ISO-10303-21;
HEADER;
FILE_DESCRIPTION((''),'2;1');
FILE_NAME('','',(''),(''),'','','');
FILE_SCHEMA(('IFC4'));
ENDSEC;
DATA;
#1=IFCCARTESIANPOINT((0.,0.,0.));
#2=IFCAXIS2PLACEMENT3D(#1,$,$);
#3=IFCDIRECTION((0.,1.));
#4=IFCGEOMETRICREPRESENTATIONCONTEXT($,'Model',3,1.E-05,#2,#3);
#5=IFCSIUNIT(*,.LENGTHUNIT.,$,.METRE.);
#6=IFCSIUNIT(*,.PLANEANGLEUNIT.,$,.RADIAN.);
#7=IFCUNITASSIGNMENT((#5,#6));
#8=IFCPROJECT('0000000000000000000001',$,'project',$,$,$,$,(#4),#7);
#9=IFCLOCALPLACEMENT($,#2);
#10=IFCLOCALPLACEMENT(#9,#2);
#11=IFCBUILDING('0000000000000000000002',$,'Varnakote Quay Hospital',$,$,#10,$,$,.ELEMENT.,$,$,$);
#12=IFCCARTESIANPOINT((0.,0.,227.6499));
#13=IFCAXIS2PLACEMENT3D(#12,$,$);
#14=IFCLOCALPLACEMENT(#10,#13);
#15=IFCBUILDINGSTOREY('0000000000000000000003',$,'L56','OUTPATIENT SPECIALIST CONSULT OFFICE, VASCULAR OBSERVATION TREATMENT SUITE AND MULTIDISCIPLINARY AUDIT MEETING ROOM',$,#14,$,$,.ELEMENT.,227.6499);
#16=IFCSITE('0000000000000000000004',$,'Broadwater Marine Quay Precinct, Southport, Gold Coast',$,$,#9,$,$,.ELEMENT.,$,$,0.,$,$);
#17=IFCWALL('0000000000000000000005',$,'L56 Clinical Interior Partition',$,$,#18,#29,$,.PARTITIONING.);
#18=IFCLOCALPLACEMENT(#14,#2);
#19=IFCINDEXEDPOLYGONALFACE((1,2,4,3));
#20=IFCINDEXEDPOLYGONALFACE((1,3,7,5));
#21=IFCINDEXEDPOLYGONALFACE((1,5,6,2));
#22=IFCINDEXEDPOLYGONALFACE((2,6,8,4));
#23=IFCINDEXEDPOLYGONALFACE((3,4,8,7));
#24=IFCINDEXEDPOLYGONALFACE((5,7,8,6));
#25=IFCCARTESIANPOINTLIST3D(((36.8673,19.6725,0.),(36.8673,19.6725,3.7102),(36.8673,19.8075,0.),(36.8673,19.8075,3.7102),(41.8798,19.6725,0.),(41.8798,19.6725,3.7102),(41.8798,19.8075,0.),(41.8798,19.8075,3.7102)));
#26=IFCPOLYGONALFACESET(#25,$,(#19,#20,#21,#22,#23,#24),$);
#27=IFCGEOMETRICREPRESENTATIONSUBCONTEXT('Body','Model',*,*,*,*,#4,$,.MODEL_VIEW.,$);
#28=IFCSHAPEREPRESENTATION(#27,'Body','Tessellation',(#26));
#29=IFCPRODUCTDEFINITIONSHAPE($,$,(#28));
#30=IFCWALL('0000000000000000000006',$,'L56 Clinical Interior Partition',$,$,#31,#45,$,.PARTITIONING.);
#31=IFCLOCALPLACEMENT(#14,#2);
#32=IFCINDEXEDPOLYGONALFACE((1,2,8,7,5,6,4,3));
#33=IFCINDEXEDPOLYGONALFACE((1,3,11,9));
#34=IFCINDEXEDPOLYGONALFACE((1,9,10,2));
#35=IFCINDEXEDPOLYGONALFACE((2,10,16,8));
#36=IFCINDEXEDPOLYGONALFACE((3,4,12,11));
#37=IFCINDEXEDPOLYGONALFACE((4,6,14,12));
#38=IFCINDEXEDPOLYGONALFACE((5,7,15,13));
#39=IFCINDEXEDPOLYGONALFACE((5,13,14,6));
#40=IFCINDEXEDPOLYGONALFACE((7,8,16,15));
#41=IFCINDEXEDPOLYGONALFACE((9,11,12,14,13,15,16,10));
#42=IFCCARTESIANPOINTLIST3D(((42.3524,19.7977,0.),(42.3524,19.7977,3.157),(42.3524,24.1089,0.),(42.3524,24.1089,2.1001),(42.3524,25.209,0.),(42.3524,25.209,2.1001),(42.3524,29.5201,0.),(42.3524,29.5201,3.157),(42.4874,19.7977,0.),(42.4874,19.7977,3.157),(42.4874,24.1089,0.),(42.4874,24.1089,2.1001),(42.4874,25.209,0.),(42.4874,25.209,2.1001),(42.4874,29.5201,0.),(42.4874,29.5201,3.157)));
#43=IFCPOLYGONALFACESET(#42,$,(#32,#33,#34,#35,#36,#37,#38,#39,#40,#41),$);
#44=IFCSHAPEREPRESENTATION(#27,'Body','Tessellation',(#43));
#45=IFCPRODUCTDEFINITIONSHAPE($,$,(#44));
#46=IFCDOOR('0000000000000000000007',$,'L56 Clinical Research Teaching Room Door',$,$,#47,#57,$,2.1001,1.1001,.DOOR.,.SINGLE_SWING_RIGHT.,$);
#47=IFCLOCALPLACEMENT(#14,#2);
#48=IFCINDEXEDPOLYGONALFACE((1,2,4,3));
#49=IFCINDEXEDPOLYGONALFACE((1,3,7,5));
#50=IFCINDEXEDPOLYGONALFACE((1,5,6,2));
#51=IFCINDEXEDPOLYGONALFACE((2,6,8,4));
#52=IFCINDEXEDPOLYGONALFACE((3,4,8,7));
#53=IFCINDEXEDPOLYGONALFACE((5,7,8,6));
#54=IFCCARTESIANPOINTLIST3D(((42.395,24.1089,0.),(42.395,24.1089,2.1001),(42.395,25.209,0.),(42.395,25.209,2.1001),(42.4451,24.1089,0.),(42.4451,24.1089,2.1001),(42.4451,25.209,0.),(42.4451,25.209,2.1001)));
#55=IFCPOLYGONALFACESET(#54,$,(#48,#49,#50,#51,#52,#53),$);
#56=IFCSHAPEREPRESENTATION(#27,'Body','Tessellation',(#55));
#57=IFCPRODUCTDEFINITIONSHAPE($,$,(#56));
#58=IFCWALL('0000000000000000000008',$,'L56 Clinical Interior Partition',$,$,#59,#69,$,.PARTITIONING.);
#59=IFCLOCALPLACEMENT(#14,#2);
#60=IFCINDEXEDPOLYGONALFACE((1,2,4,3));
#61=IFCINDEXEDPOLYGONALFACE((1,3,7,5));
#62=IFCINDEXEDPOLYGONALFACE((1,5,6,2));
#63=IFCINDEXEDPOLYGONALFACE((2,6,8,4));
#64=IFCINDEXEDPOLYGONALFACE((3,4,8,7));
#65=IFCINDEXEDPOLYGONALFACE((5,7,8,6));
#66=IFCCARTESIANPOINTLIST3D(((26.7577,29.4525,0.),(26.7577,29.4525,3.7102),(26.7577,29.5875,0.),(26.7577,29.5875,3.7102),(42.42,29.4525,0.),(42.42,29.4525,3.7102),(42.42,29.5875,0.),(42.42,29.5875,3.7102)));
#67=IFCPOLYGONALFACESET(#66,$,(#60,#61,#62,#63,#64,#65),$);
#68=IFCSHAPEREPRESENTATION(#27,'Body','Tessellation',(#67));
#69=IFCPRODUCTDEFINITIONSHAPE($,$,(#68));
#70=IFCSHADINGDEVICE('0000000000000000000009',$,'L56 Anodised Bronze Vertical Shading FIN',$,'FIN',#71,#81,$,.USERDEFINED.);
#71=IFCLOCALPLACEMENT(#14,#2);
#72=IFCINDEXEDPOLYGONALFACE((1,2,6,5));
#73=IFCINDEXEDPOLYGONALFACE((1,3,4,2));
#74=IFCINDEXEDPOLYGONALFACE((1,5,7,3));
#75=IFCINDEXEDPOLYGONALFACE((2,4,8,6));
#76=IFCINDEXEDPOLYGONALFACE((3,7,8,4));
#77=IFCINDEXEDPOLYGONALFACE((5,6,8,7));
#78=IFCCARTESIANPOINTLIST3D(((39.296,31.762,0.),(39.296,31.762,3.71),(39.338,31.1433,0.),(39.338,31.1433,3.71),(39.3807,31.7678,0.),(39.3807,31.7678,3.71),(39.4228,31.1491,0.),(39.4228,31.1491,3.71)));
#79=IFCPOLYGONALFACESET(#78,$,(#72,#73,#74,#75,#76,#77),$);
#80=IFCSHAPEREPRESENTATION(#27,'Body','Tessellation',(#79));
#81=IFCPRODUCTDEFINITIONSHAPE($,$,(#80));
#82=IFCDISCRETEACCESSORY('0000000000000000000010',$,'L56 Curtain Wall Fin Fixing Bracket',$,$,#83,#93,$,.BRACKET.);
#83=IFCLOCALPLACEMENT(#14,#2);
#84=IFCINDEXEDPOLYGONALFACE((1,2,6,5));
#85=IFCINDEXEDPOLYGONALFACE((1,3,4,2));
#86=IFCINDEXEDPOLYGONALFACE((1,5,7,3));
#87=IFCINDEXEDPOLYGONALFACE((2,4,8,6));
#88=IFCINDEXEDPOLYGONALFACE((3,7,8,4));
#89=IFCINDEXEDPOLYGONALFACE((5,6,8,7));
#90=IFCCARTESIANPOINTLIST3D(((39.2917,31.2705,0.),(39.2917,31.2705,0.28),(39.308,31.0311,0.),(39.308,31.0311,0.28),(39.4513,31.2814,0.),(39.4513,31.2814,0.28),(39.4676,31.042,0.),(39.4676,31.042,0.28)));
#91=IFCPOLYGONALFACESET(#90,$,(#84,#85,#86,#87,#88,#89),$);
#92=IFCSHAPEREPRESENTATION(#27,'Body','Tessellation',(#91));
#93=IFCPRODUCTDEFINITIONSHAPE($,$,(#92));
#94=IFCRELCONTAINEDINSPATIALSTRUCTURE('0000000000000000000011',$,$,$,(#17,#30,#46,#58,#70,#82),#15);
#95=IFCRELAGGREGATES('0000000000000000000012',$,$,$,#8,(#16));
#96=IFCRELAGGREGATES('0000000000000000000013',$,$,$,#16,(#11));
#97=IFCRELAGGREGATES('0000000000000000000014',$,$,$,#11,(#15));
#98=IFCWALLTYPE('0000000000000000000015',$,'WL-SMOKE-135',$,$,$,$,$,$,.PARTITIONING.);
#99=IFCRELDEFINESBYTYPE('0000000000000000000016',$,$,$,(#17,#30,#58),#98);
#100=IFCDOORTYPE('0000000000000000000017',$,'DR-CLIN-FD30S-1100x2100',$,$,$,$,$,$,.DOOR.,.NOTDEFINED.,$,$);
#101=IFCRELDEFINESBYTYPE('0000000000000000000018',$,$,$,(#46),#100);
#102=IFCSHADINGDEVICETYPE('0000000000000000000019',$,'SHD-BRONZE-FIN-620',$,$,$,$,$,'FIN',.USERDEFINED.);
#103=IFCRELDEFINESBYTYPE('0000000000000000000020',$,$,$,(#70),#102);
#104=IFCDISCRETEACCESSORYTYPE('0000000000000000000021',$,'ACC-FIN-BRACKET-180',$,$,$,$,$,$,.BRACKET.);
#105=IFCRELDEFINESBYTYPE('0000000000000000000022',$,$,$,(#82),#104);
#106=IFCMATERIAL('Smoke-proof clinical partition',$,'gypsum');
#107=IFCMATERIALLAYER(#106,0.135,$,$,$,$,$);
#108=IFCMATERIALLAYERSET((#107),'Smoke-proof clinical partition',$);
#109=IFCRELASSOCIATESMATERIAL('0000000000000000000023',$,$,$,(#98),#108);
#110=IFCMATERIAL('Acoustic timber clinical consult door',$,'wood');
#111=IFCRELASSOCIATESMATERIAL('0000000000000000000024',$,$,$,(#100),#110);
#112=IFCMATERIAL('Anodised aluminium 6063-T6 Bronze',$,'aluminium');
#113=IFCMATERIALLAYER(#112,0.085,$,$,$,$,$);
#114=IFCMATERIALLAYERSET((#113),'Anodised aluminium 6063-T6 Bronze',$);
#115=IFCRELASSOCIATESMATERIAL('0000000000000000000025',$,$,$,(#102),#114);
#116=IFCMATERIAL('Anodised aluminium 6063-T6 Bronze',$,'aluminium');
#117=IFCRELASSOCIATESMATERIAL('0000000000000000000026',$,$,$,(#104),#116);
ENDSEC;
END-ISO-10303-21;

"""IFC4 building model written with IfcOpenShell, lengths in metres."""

from ifc_helpers import new_model, si_unit, direction, frame, frame_2d, origin, origin_2d, place, context, subcontext, project, spatial, rectangle, extrude, material, layer, layer_set, type_object, element, fill, save


model = new_model("IFC4")

# Units and contexts
model_context = context("Model", 3, precision=1e-05, world=origin(), true_north=direction((0.0, 1.0)))
body_context = subcontext(model_context, "Body", "Model", "MODEL_VIEW")
ifc_project = project(units=[si_unit("LENGTHUNIT", "METRE"), si_unit("PLANEANGLEUNIT", "RADIAN")], contexts=[model_context])

# Site, building, storey
site_placement = place(None, origin())
site = spatial("IfcSite", under=ifc_project, at=site_placement, Name="Broadwater Marine Quay Precinct, Southport, Gold Coast", CompositionType="ELEMENT", RefElevation=0.0)
building_placement = place(site_placement, origin())
building = spatial("IfcBuilding", under=site, at=building_placement, Name="Varnakote Quay Hospital", CompositionType="ELEMENT")
storey_placement = place(building_placement, frame((0.0, 0.0, 227.6499)))
storey = spatial("IfcBuildingStorey", under=building, at=storey_placement, Name="L56", Description="OUTPATIENT SPECIALIST CONSULT OFFICE, VASCULAR OBSERVATION TREATMENT SUITE AND MULTIDISCIPLINARY AUDIT MEETING ROOM", CompositionType="ELEMENT", Elevation=227.6499)

# Wall
ifc_material_1 = material(Name="Smoke-proof clinical partition", Category="gypsum")
ifc_layer_1 = layer(ifc_material_1, 0.135)
ifc_layer_set_1 = layer_set([ifc_layer_1], Name="Smoke-proof clinical partition")
wall_type_1 = type_object("IfcWallType", Name="WL-SMOKE-135", PredefinedType="PARTITIONING", material=ifc_layer_set_1)
wall_1_placement = place(storey_placement, frame((41.8799, 19.74, 0.0), z_axis=(0.0, 0.0, 1.0), x_axis=(-1.0, 0.0, 0.0)))
element("IfcWall", 1, at=wall_1_placement, inside=storey, type_object=wall_type_1, Name="L56 Clinical Interior Partition", PredefinedType="PARTITIONING", context=body_context, shape_type="SweptSolid", body=[
    extrude(rectangle(XDim=5.0125, YDim=0.135, at=frame_2d((2.5063, 0.0))), origin(), (0.0, 0.0, 1.0), 3.7102),
])

# Wall, opening, door
wall_2_placement = place(storey_placement, frame((42.4199, 19.7976, 0.0), z_axis=(0.0, 0.0, 1.0), x_axis=(0.0, 1.0, 0.0)))
wall_2 = element("IfcWall", 2, at=wall_2_placement, inside=storey, type_object=wall_type_1, Name="L56 Clinical Interior Partition", PredefinedType="PARTITIONING", context=body_context, shape_type="SweptSolid", body=[
    extrude(rectangle(XDim=9.7224, YDim=0.135, at=frame_2d((4.8613, 0.0))), origin(), (0.0, 0.0, 1.0), 3.157),
])
opening_placement = place(wall_2_placement, frame((4.3113, 0.0, 0.0)))
opening = element("IfcOpeningElement", 3, at=opening_placement, cuts=wall_2, PredefinedType="OPENING", context=body_context, shape_type="SweptSolid", body=[
    extrude(rectangle(XDim=1.1001, YDim=2.1001, at=frame_2d((0.55, 1.05))), frame((0.0, 0.0774, 0.0), z_axis=(0.0, -1.0, 0.0), x_axis=(1.0, 0.0, 0.0)), (0.0, 0.0, 1.0), 0.155),
])
ifc_material_2 = material(Name="Acoustic timber clinical consult door", Category="wood")
door_type = type_object("IfcDoorType", Name="DR-CLIN-FD30S-1100x2100", OperationType="NOTDEFINED", PredefinedType="DOOR", material=ifc_material_2)
door_placement = place(opening_placement, origin())
door = element("IfcDoor", 4, at=door_placement, inside=storey, type_object=door_type, Name="L56 Clinical Research Teaching Room Door", OperationType="SINGLE_SWING_RIGHT", OverallHeight=2.1001, OverallWidth=1.1001, PredefinedType="DOOR", context=body_context, shape_type="SweptSolid", body=[
    extrude(rectangle(XDim=1.1001, YDim=2.1001, at=frame_2d((0.55, 1.05))), frame((0.0, 0.0249, 0.0), z_axis=(0.0, -1.0, 0.0), x_axis=(1.0, 0.0, 0.0)), (0.0, 0.0, 1.0), 0.05),
])
fill(opening, door)

# Wall
wall_3_placement = place(storey_placement, frame((42.4199, 29.52, 0.0), z_axis=(0.0, 0.0, 1.0), x_axis=(-1.0, 0.0, 0.0)))
element("IfcWall", 5, at=wall_3_placement, inside=storey, type_object=wall_type_1, Name="L56 Clinical Interior Partition", PredefinedType="PARTITIONING", context=body_context, shape_type="SweptSolid", body=[
    extrude(rectangle(XDim=15.6624, YDim=0.135, at=frame_2d((7.8311, 0.0))), origin(), (0.0, 0.0, 1.0), 3.7102),
])

# Shading device
ifc_material_3 = material(Name="Anodised aluminium 6063-T6 Bronze", Category="aluminium")
ifc_layer_2 = layer(ifc_material_3, 0.085)
ifc_layer_set_2 = layer_set([ifc_layer_2], Name="Anodised aluminium 6063-T6 Bronze")
shading_device_type = type_object("IfcShadingDeviceType", Name="SHD-BRONZE-FIN-620", ElementType="FIN", PredefinedType="USERDEFINED", material=ifc_layer_set_2)
shading_device_placement = place(storey_placement, frame((39.3594, 31.4556, 0.0), z_axis=(0.0, 0.0, 1.0), x_axis=(0.067841, -0.997696, 0.0)))
element("IfcShadingDevice", 6, at=shading_device_placement, inside=storey, type_object=shading_device_type, Name="L56 Anodised Bronze Vertical Shading FIN", ObjectType="FIN", PredefinedType="USERDEFINED", context=body_context, shape_type="SweptSolid", body=[
    extrude(rectangle(XDim=0.6201, YDim=0.085, at=origin_2d()), origin(), (0.0, 0.0, 1.0), 3.71),
])

# Discrete accessory
ifc_material_4 = material(Name="Anodised aluminium 6063-T6 Bronze", Category="aluminium")
discrete_accessory_type = type_object("IfcDiscreteAccessoryType", Name="ACC-FIN-BRACKET-180", PredefinedType="BRACKET", material=ifc_material_4)
discrete_accessory_placement = place(storey_placement, frame((39.3796, 31.1562, 0.0), z_axis=(0.0, 0.0, 1.0), x_axis=(-0.997696, -0.067841, 0.0)))
element("IfcDiscreteAccessory", 7, at=discrete_accessory_placement, inside=storey, type_object=discrete_accessory_type, Name="L56 Curtain Wall Fin Fixing Bracket", PredefinedType="BRACKET", context=body_context, shape_type="SweptSolid", body=[
    extrude(rectangle(XDim=0.1599, YDim=0.24, at=origin_2d()), origin(), (0.0, 0.0, 1.0), 0.28),
])

save(model, "model.ifc")
